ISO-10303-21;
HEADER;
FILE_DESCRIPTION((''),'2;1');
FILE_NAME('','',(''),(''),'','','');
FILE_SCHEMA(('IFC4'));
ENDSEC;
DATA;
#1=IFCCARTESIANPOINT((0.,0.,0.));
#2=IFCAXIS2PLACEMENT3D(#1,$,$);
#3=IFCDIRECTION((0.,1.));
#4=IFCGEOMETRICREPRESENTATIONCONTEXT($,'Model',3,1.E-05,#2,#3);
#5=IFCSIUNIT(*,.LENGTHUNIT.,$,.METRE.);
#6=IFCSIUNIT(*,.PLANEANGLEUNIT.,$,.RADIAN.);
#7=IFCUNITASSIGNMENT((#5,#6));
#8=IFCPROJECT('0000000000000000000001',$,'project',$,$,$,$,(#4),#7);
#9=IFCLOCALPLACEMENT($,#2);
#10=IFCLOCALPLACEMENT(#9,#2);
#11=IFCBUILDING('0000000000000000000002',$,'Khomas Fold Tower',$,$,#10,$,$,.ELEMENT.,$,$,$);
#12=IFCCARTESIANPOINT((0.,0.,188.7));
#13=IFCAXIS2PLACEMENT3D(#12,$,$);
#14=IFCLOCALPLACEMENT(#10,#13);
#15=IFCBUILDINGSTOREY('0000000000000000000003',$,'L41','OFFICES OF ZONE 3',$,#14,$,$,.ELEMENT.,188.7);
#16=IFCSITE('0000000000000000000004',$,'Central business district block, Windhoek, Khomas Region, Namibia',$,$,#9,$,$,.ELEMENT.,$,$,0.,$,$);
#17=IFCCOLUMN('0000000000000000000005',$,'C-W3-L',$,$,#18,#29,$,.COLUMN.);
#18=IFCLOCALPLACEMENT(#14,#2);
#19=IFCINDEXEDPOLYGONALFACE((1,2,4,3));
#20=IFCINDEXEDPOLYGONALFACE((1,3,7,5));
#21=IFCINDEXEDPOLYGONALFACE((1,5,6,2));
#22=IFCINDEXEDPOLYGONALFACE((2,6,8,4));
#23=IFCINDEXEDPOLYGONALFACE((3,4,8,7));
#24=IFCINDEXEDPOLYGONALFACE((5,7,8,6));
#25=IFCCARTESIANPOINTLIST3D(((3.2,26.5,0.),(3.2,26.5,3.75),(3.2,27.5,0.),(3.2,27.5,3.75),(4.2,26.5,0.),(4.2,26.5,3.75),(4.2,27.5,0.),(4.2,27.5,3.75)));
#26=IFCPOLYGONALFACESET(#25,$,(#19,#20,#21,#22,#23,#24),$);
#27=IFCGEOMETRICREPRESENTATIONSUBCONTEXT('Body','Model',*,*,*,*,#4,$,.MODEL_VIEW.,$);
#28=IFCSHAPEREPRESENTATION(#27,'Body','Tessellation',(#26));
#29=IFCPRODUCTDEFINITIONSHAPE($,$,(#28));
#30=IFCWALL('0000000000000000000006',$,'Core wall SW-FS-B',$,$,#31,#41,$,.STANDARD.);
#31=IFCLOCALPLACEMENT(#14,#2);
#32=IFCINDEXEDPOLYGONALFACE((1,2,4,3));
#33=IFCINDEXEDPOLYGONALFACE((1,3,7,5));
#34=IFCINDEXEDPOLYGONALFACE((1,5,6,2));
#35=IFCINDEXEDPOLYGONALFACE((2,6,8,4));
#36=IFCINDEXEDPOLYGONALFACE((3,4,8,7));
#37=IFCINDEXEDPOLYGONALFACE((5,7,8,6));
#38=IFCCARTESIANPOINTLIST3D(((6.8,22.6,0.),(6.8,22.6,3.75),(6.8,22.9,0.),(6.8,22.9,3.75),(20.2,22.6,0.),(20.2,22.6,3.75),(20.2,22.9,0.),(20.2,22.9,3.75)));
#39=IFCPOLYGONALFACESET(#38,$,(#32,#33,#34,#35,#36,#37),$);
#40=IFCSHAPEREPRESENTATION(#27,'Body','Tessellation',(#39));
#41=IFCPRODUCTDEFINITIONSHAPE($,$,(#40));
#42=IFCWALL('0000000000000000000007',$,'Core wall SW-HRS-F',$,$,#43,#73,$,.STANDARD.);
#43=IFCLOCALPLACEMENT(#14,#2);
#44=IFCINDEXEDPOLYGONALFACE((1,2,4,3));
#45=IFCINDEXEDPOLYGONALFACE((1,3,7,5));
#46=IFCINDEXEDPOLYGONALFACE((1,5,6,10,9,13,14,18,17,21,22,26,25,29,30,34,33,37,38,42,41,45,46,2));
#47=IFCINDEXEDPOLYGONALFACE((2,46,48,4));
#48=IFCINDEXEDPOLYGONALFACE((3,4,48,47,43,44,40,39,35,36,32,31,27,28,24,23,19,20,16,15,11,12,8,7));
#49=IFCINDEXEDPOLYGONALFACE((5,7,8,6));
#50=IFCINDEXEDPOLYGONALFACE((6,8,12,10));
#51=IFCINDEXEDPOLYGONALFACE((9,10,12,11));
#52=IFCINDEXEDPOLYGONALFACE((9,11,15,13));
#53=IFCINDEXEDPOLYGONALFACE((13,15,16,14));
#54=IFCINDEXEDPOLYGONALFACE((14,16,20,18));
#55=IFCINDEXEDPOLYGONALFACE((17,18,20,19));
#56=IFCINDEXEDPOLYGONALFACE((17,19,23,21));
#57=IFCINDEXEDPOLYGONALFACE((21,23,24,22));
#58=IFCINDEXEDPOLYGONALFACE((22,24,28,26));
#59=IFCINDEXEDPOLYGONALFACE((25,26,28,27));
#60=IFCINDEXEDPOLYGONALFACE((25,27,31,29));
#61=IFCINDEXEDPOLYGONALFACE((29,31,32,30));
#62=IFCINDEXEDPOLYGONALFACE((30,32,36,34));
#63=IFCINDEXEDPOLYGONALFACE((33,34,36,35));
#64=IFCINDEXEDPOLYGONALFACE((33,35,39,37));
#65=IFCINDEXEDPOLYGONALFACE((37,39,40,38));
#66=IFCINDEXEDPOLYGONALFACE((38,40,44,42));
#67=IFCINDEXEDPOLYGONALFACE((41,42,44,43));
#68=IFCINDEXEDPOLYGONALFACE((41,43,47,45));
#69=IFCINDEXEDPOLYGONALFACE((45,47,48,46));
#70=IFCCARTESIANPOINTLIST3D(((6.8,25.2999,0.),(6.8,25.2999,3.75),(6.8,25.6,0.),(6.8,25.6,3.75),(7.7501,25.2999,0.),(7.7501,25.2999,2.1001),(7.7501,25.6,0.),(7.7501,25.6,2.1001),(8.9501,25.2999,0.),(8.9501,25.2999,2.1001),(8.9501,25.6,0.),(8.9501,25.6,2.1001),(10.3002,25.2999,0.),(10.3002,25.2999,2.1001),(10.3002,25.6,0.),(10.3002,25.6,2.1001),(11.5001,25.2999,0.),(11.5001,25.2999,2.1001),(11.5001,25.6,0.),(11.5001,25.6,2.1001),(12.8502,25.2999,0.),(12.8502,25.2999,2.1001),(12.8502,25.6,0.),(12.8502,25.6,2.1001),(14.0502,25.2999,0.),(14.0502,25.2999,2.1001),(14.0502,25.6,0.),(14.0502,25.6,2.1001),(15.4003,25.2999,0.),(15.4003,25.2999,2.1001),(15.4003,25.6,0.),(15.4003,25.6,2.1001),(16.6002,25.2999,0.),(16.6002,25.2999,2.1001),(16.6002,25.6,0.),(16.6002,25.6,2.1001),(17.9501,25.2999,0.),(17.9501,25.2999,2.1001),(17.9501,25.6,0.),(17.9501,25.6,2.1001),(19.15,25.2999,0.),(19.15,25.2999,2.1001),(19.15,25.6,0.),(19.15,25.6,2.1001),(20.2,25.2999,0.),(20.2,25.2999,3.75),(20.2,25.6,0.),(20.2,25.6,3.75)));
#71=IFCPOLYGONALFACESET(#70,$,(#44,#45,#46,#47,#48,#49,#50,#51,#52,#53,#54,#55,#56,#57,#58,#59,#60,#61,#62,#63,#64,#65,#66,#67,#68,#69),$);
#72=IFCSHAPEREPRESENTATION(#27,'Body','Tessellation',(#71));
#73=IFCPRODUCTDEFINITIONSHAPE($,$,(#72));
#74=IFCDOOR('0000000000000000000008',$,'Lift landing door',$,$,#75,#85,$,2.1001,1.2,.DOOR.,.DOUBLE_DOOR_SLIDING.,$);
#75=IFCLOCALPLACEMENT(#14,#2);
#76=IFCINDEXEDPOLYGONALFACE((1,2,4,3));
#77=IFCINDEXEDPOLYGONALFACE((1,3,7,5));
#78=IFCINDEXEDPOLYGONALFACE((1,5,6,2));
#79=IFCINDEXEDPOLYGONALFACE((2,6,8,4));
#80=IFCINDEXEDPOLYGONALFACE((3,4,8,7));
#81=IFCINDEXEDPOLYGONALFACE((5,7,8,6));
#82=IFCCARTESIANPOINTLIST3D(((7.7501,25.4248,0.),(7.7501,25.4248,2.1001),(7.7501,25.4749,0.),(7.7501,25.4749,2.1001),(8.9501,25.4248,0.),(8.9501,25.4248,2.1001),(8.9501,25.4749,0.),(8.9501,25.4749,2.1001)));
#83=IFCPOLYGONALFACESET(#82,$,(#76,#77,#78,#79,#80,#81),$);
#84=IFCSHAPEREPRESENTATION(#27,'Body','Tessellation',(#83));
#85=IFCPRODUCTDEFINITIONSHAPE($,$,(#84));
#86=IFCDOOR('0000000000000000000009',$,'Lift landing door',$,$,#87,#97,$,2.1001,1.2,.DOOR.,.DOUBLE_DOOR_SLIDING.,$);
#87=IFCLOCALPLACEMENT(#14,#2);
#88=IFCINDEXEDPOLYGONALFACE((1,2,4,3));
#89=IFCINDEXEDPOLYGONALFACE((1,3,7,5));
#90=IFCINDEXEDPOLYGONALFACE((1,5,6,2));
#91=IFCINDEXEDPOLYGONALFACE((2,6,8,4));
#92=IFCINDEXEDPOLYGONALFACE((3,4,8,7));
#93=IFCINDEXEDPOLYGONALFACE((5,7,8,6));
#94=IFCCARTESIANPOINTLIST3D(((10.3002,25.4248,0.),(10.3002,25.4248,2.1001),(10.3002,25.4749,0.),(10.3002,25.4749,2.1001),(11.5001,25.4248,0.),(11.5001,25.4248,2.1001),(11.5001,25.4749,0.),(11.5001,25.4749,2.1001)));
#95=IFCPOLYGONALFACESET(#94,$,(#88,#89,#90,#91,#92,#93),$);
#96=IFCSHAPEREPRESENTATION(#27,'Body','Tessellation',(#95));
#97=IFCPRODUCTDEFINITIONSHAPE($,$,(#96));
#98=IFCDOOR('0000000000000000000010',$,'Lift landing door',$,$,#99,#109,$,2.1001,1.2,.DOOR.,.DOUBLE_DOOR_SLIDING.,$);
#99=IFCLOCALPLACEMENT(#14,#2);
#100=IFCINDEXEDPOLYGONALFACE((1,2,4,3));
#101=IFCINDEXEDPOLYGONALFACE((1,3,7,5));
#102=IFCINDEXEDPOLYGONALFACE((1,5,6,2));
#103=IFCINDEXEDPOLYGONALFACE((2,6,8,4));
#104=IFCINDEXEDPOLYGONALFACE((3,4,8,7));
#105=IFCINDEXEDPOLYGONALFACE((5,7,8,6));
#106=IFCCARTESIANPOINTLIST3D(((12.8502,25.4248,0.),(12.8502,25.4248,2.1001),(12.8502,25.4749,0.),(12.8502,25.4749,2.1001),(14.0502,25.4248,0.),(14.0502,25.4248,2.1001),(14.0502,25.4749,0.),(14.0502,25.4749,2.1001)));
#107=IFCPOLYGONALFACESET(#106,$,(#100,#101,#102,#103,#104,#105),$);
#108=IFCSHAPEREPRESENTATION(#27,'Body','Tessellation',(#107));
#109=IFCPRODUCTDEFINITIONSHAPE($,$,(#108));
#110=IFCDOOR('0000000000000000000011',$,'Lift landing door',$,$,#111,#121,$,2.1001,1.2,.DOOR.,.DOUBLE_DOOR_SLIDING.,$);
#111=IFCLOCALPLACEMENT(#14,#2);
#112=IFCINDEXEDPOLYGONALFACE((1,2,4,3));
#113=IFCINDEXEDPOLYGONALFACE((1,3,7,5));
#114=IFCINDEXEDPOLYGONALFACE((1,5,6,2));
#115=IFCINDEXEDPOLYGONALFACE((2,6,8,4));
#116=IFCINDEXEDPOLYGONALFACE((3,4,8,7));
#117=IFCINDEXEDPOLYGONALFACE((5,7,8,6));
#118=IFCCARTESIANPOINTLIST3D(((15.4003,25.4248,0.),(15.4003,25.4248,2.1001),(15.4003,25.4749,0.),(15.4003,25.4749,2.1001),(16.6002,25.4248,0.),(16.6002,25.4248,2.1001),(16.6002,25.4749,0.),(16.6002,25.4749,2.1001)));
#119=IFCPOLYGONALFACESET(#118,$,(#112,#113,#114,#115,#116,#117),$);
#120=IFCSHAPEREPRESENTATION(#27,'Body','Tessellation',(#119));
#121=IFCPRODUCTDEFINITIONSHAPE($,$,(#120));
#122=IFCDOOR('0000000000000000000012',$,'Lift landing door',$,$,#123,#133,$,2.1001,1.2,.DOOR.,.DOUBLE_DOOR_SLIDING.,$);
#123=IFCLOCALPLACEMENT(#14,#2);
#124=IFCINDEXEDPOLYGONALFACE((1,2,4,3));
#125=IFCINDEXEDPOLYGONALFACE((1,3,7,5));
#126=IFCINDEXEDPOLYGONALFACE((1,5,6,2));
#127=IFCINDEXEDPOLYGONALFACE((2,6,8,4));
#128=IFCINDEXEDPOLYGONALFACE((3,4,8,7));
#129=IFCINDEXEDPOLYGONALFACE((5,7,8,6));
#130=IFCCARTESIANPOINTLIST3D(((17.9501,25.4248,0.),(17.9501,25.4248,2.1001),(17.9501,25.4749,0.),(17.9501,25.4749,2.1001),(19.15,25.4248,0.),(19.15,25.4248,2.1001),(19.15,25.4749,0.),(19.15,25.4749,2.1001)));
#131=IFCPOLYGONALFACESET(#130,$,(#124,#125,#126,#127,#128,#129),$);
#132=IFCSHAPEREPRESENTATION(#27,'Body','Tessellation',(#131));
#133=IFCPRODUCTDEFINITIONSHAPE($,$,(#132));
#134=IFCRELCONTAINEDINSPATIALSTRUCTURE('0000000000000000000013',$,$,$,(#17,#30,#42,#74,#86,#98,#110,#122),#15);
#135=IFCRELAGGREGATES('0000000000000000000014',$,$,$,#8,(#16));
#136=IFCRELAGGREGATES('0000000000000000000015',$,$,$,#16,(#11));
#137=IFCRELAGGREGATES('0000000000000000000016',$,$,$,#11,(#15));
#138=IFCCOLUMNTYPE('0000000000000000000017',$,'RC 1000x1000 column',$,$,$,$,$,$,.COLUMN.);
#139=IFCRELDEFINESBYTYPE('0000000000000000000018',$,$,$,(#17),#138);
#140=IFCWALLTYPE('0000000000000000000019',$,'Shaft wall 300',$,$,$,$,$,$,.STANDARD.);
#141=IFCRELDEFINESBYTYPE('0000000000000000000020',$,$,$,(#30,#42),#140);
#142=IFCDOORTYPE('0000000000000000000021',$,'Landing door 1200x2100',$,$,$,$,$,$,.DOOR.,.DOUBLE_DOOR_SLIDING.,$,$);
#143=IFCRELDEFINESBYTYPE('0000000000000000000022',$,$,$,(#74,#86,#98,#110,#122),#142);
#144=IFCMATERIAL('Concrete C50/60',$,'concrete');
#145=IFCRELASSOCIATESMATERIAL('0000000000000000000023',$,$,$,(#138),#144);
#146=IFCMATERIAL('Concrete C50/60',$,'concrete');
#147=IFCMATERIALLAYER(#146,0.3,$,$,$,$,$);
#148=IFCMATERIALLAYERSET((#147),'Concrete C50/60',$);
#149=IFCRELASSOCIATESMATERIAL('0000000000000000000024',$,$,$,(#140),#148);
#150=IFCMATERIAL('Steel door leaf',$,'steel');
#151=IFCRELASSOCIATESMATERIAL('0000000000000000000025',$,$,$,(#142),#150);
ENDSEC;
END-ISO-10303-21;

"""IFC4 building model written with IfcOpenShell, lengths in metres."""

from ifc_helpers import new_model, si_unit, direction, frame, frame_2d, origin, origin_2d, place, context, subcontext, project, spatial, rectangle, extrude, source, transform, mapped, material, layer, layer_set, material_profile, profile_set, type_object, element, fill, save


model = new_model("IFC4")

# Units and contexts
model_context = context("Model", 3, precision=1e-05, world=origin(), true_north=direction((0.0, 1.0)))
body_context = subcontext(model_context, "Body", "Model", "MODEL_VIEW")
ifc_project = project(units=[si_unit("LENGTHUNIT", "METRE"), si_unit("PLANEANGLEUNIT", "RADIAN")], contexts=[model_context])

# Site, building, storey
site_placement = place(None, origin())
site = spatial("IfcSite", under=ifc_project, at=site_placement, Name="Central business district block, Windhoek, Khomas Region, Namibia", CompositionType="ELEMENT", RefElevation=0.0)
building_placement = place(site_placement, origin())
building = spatial("IfcBuilding", under=site, at=building_placement, Name="Khomas Fold Tower", CompositionType="ELEMENT")
storey_placement = place(building_placement, frame((0.0, 0.0, 188.7)))
storey = spatial("IfcBuildingStorey", under=building, at=storey_placement, Name="L41", Description="OFFICES OF ZONE 3", CompositionType="ELEMENT", Elevation=188.7)

# Column
ifc_material_1 = material(Name="Concrete C50/60", Category="concrete")
ifc_material_profile = material_profile(ifc_material_1, rectangle(XDim=1.0, YDim=1.0, at=origin_2d()), Name="RC 1000x1000")
ifc_profile_set = profile_set([ifc_material_profile], Name="Concrete C50/60")
column_type = type_object("IfcColumnType", Name="RC 1000x1000 column", PredefinedType="COLUMN", material=ifc_profile_set)
shared_shape_1 = source(origin(), body_context, "Body", "SweptSolid", [
    extrude(rectangle(XDim=1.0, YDim=1.0, at=origin_2d()), origin(), (0.0, 0.0, 1.0), 3.75),
])
column_placement = place(storey_placement, frame((3.7, 27.0, 0.0), z_axis=(0.0, 0.0, 1.0), x_axis=(1.0, 0.0, 0.0)))
element("IfcColumn", 1, at=column_placement, inside=storey, type_object=column_type, Name="C-W3-L", PredefinedType="COLUMN", context=body_context, shape_type="MappedRepresentation", body=[
    mapped(shared_shape_1, transform((0.0, 0.0, 0.0))),
])

# Wall
ifc_material_2 = material(Name="Concrete C50/60", Category="concrete")
ifc_layer_1 = layer(ifc_material_2, 0.3)
ifc_layer_set_1 = layer_set([ifc_layer_1], Name="Concrete C50/60")
wall_type_1 = type_object("IfcWallType", Name="Shaft wall 300", PredefinedType="STANDARD", material=ifc_layer_set_1)
shared_shape_2 = source(origin(), body_context, "Body", "SweptSolid", [
    extrude(rectangle(XDim=13.3999, YDim=0.3, at=frame_2d((6.7, 0.0))), origin(), (0.0, 0.0, 1.0), 3.75),
])
wall_1_placement = place(storey_placement, frame((6.8, 22.75, 0.0), z_axis=(0.0, 0.0, 1.0), x_axis=(1.0, 0.0, 0.0)))
element("IfcWall", 2, at=wall_1_placement, inside=storey, type_object=wall_type_1, Name="Core wall SW-FS-B", PredefinedType="STANDARD", context=body_context, shape_type="MappedRepresentation", body=[
    mapped(shared_shape_2, transform((0.0, 0.0, 0.0))),
])

# Wall, openings, doors
wall_2_placement = place(storey_placement, frame((6.8, 25.45, 0.0), z_axis=(0.0, 0.0, 1.0), x_axis=(1.0, 0.0, 0.0)))
wall_2 = element("IfcWall", 3, at=wall_2_placement, inside=storey, type_object=wall_type_1, Name="Core wall SW-HRS-F", PredefinedType="STANDARD", context=body_context, shape_type="MappedRepresentation", body=[
    mapped(shared_shape_2, transform((0.0, 0.0, 0.0))),
])
shared_shape_3 = source(origin(), body_context, "Body", "SweptSolid", [
    extrude(rectangle(XDim=1.2, YDim=2.1001, at=frame_2d((0.6001, 1.05))), frame((0.0, 0.1599, 0.0), z_axis=(0.0, -1.0, 0.0), x_axis=(1.0, 0.0, 0.0)), (0.0, 0.0, 1.0), 0.3201),
])
opening_1_placement = place(wall_2_placement, frame((0.95, 0.0, 0.0)))
opening_1 = element("IfcOpeningElement", 4, at=opening_1_placement, cuts=wall_2, PredefinedType="OPENING", context=body_context, shape_type="MappedRepresentation", body=[
    mapped(shared_shape_3, transform((0.0, 0.0, 0.0))),
])
opening_2_placement = place(wall_2_placement, frame((3.5, 0.0, 0.0)))
opening_2 = element("IfcOpeningElement", 5, at=opening_2_placement, cuts=wall_2, PredefinedType="OPENING", context=body_context, shape_type="MappedRepresentation", body=[
    mapped(shared_shape_3, transform((0.0, 0.0, 0.0))),
])
opening_3_placement = place(wall_2_placement, frame((6.05, 0.0, 0.0)))
opening_3 = element("IfcOpeningElement", 6, at=opening_3_placement, cuts=wall_2, PredefinedType="OPENING", context=body_context, shape_type="MappedRepresentation", body=[
    mapped(shared_shape_3, transform((0.0, 0.0, 0.0))),
])
opening_4_placement = place(wall_2_placement, frame((8.6001, 0.0, 0.0)))
opening_4 = element("IfcOpeningElement", 7, at=opening_4_placement, cuts=wall_2, PredefinedType="OPENING", context=body_context, shape_type="MappedRepresentation", body=[
    mapped(shared_shape_3, transform((0.0, 0.0, 0.0))),
])
opening_5_placement = place(wall_2_placement, frame((11.1499, 0.0, 0.0)))
opening_5 = element("IfcOpeningElement", 8, at=opening_5_placement, cuts=wall_2, PredefinedType="OPENING", context=body_context, shape_type="MappedRepresentation", body=[
    mapped(shared_shape_3, transform((0.0, 0.0, 0.0))),
])
ifc_material_3 = material(Name="Steel door leaf", Category="steel")
door_type = type_object("IfcDoorType", Name="Landing door 1200x2100", OperationType="DOUBLE_DOOR_SLIDING", PredefinedType="DOOR", material=ifc_material_3)
shared_shape_4 = source(origin(), body_context, "Body", "SweptSolid", [
    extrude(rectangle(XDim=1.2, YDim=2.1001, at=frame_2d((0.6001, 1.05))), frame((0.0, 0.0249, 0.0), z_axis=(0.0, -1.0, 0.0), x_axis=(1.0, 0.0, 0.0)), (0.0, 0.0, 1.0), 0.05),
])
door_1_placement = place(opening_1_placement, origin())
door_1 = element("IfcDoor", 9, at=door_1_placement, inside=storey, type_object=door_type, Name="Lift landing door", OperationType="DOUBLE_DOOR_SLIDING", OverallHeight=2.1001, OverallWidth=1.2, PredefinedType="DOOR", context=body_context, shape_type="MappedRepresentation", body=[
    mapped(shared_shape_4, transform((0.0, 0.0, 0.0))),
])
fill(opening_1, door_1)
door_2_placement = place(opening_2_placement, origin())
door_2 = element("IfcDoor", 10, at=door_2_placement, inside=storey, type_object=door_type, Name="Lift landing door", OperationType="DOUBLE_DOOR_SLIDING", OverallHeight=2.1001, OverallWidth=1.2, PredefinedType="DOOR", context=body_context, shape_type="MappedRepresentation", body=[
    mapped(shared_shape_4, transform((0.0, 0.0, 0.0))),
])
fill(opening_2, door_2)
door_3_placement = place(opening_3_placement, origin())
door_3 = element("IfcDoor", 11, at=door_3_placement, inside=storey, type_object=door_type, Name="Lift landing door", OperationType="DOUBLE_DOOR_SLIDING", OverallHeight=2.1001, OverallWidth=1.2, PredefinedType="DOOR", context=body_context, shape_type="MappedRepresentation", body=[
    mapped(shared_shape_4, transform((0.0, 0.0, 0.0))),
])
fill(opening_3, door_3)
door_4_placement = place(opening_4_placement, origin())
door_4 = element("IfcDoor", 12, at=door_4_placement, inside=storey, type_object=door_type, Name="Lift landing door", OperationType="DOUBLE_DOOR_SLIDING", OverallHeight=2.1001, OverallWidth=1.2, PredefinedType="DOOR", context=body_context, shape_type="MappedRepresentation", body=[
    mapped(shared_shape_4, transform((0.0, 0.0, 0.0))),
])
fill(opening_4, door_4)
door_5_placement = place(opening_5_placement, origin())
door_5 = element("IfcDoor", 13, at=door_5_placement, inside=storey, type_object=door_type, Name="Lift landing door", OperationType="DOUBLE_DOOR_SLIDING", OverallHeight=2.1001, OverallWidth=1.2, PredefinedType="DOOR", context=body_context, shape_type="MappedRepresentation", body=[
    mapped(shared_shape_4, transform((0.0, 0.0, 0.0))),
])
fill(opening_5, door_5)

save(model, "model.ifc")
